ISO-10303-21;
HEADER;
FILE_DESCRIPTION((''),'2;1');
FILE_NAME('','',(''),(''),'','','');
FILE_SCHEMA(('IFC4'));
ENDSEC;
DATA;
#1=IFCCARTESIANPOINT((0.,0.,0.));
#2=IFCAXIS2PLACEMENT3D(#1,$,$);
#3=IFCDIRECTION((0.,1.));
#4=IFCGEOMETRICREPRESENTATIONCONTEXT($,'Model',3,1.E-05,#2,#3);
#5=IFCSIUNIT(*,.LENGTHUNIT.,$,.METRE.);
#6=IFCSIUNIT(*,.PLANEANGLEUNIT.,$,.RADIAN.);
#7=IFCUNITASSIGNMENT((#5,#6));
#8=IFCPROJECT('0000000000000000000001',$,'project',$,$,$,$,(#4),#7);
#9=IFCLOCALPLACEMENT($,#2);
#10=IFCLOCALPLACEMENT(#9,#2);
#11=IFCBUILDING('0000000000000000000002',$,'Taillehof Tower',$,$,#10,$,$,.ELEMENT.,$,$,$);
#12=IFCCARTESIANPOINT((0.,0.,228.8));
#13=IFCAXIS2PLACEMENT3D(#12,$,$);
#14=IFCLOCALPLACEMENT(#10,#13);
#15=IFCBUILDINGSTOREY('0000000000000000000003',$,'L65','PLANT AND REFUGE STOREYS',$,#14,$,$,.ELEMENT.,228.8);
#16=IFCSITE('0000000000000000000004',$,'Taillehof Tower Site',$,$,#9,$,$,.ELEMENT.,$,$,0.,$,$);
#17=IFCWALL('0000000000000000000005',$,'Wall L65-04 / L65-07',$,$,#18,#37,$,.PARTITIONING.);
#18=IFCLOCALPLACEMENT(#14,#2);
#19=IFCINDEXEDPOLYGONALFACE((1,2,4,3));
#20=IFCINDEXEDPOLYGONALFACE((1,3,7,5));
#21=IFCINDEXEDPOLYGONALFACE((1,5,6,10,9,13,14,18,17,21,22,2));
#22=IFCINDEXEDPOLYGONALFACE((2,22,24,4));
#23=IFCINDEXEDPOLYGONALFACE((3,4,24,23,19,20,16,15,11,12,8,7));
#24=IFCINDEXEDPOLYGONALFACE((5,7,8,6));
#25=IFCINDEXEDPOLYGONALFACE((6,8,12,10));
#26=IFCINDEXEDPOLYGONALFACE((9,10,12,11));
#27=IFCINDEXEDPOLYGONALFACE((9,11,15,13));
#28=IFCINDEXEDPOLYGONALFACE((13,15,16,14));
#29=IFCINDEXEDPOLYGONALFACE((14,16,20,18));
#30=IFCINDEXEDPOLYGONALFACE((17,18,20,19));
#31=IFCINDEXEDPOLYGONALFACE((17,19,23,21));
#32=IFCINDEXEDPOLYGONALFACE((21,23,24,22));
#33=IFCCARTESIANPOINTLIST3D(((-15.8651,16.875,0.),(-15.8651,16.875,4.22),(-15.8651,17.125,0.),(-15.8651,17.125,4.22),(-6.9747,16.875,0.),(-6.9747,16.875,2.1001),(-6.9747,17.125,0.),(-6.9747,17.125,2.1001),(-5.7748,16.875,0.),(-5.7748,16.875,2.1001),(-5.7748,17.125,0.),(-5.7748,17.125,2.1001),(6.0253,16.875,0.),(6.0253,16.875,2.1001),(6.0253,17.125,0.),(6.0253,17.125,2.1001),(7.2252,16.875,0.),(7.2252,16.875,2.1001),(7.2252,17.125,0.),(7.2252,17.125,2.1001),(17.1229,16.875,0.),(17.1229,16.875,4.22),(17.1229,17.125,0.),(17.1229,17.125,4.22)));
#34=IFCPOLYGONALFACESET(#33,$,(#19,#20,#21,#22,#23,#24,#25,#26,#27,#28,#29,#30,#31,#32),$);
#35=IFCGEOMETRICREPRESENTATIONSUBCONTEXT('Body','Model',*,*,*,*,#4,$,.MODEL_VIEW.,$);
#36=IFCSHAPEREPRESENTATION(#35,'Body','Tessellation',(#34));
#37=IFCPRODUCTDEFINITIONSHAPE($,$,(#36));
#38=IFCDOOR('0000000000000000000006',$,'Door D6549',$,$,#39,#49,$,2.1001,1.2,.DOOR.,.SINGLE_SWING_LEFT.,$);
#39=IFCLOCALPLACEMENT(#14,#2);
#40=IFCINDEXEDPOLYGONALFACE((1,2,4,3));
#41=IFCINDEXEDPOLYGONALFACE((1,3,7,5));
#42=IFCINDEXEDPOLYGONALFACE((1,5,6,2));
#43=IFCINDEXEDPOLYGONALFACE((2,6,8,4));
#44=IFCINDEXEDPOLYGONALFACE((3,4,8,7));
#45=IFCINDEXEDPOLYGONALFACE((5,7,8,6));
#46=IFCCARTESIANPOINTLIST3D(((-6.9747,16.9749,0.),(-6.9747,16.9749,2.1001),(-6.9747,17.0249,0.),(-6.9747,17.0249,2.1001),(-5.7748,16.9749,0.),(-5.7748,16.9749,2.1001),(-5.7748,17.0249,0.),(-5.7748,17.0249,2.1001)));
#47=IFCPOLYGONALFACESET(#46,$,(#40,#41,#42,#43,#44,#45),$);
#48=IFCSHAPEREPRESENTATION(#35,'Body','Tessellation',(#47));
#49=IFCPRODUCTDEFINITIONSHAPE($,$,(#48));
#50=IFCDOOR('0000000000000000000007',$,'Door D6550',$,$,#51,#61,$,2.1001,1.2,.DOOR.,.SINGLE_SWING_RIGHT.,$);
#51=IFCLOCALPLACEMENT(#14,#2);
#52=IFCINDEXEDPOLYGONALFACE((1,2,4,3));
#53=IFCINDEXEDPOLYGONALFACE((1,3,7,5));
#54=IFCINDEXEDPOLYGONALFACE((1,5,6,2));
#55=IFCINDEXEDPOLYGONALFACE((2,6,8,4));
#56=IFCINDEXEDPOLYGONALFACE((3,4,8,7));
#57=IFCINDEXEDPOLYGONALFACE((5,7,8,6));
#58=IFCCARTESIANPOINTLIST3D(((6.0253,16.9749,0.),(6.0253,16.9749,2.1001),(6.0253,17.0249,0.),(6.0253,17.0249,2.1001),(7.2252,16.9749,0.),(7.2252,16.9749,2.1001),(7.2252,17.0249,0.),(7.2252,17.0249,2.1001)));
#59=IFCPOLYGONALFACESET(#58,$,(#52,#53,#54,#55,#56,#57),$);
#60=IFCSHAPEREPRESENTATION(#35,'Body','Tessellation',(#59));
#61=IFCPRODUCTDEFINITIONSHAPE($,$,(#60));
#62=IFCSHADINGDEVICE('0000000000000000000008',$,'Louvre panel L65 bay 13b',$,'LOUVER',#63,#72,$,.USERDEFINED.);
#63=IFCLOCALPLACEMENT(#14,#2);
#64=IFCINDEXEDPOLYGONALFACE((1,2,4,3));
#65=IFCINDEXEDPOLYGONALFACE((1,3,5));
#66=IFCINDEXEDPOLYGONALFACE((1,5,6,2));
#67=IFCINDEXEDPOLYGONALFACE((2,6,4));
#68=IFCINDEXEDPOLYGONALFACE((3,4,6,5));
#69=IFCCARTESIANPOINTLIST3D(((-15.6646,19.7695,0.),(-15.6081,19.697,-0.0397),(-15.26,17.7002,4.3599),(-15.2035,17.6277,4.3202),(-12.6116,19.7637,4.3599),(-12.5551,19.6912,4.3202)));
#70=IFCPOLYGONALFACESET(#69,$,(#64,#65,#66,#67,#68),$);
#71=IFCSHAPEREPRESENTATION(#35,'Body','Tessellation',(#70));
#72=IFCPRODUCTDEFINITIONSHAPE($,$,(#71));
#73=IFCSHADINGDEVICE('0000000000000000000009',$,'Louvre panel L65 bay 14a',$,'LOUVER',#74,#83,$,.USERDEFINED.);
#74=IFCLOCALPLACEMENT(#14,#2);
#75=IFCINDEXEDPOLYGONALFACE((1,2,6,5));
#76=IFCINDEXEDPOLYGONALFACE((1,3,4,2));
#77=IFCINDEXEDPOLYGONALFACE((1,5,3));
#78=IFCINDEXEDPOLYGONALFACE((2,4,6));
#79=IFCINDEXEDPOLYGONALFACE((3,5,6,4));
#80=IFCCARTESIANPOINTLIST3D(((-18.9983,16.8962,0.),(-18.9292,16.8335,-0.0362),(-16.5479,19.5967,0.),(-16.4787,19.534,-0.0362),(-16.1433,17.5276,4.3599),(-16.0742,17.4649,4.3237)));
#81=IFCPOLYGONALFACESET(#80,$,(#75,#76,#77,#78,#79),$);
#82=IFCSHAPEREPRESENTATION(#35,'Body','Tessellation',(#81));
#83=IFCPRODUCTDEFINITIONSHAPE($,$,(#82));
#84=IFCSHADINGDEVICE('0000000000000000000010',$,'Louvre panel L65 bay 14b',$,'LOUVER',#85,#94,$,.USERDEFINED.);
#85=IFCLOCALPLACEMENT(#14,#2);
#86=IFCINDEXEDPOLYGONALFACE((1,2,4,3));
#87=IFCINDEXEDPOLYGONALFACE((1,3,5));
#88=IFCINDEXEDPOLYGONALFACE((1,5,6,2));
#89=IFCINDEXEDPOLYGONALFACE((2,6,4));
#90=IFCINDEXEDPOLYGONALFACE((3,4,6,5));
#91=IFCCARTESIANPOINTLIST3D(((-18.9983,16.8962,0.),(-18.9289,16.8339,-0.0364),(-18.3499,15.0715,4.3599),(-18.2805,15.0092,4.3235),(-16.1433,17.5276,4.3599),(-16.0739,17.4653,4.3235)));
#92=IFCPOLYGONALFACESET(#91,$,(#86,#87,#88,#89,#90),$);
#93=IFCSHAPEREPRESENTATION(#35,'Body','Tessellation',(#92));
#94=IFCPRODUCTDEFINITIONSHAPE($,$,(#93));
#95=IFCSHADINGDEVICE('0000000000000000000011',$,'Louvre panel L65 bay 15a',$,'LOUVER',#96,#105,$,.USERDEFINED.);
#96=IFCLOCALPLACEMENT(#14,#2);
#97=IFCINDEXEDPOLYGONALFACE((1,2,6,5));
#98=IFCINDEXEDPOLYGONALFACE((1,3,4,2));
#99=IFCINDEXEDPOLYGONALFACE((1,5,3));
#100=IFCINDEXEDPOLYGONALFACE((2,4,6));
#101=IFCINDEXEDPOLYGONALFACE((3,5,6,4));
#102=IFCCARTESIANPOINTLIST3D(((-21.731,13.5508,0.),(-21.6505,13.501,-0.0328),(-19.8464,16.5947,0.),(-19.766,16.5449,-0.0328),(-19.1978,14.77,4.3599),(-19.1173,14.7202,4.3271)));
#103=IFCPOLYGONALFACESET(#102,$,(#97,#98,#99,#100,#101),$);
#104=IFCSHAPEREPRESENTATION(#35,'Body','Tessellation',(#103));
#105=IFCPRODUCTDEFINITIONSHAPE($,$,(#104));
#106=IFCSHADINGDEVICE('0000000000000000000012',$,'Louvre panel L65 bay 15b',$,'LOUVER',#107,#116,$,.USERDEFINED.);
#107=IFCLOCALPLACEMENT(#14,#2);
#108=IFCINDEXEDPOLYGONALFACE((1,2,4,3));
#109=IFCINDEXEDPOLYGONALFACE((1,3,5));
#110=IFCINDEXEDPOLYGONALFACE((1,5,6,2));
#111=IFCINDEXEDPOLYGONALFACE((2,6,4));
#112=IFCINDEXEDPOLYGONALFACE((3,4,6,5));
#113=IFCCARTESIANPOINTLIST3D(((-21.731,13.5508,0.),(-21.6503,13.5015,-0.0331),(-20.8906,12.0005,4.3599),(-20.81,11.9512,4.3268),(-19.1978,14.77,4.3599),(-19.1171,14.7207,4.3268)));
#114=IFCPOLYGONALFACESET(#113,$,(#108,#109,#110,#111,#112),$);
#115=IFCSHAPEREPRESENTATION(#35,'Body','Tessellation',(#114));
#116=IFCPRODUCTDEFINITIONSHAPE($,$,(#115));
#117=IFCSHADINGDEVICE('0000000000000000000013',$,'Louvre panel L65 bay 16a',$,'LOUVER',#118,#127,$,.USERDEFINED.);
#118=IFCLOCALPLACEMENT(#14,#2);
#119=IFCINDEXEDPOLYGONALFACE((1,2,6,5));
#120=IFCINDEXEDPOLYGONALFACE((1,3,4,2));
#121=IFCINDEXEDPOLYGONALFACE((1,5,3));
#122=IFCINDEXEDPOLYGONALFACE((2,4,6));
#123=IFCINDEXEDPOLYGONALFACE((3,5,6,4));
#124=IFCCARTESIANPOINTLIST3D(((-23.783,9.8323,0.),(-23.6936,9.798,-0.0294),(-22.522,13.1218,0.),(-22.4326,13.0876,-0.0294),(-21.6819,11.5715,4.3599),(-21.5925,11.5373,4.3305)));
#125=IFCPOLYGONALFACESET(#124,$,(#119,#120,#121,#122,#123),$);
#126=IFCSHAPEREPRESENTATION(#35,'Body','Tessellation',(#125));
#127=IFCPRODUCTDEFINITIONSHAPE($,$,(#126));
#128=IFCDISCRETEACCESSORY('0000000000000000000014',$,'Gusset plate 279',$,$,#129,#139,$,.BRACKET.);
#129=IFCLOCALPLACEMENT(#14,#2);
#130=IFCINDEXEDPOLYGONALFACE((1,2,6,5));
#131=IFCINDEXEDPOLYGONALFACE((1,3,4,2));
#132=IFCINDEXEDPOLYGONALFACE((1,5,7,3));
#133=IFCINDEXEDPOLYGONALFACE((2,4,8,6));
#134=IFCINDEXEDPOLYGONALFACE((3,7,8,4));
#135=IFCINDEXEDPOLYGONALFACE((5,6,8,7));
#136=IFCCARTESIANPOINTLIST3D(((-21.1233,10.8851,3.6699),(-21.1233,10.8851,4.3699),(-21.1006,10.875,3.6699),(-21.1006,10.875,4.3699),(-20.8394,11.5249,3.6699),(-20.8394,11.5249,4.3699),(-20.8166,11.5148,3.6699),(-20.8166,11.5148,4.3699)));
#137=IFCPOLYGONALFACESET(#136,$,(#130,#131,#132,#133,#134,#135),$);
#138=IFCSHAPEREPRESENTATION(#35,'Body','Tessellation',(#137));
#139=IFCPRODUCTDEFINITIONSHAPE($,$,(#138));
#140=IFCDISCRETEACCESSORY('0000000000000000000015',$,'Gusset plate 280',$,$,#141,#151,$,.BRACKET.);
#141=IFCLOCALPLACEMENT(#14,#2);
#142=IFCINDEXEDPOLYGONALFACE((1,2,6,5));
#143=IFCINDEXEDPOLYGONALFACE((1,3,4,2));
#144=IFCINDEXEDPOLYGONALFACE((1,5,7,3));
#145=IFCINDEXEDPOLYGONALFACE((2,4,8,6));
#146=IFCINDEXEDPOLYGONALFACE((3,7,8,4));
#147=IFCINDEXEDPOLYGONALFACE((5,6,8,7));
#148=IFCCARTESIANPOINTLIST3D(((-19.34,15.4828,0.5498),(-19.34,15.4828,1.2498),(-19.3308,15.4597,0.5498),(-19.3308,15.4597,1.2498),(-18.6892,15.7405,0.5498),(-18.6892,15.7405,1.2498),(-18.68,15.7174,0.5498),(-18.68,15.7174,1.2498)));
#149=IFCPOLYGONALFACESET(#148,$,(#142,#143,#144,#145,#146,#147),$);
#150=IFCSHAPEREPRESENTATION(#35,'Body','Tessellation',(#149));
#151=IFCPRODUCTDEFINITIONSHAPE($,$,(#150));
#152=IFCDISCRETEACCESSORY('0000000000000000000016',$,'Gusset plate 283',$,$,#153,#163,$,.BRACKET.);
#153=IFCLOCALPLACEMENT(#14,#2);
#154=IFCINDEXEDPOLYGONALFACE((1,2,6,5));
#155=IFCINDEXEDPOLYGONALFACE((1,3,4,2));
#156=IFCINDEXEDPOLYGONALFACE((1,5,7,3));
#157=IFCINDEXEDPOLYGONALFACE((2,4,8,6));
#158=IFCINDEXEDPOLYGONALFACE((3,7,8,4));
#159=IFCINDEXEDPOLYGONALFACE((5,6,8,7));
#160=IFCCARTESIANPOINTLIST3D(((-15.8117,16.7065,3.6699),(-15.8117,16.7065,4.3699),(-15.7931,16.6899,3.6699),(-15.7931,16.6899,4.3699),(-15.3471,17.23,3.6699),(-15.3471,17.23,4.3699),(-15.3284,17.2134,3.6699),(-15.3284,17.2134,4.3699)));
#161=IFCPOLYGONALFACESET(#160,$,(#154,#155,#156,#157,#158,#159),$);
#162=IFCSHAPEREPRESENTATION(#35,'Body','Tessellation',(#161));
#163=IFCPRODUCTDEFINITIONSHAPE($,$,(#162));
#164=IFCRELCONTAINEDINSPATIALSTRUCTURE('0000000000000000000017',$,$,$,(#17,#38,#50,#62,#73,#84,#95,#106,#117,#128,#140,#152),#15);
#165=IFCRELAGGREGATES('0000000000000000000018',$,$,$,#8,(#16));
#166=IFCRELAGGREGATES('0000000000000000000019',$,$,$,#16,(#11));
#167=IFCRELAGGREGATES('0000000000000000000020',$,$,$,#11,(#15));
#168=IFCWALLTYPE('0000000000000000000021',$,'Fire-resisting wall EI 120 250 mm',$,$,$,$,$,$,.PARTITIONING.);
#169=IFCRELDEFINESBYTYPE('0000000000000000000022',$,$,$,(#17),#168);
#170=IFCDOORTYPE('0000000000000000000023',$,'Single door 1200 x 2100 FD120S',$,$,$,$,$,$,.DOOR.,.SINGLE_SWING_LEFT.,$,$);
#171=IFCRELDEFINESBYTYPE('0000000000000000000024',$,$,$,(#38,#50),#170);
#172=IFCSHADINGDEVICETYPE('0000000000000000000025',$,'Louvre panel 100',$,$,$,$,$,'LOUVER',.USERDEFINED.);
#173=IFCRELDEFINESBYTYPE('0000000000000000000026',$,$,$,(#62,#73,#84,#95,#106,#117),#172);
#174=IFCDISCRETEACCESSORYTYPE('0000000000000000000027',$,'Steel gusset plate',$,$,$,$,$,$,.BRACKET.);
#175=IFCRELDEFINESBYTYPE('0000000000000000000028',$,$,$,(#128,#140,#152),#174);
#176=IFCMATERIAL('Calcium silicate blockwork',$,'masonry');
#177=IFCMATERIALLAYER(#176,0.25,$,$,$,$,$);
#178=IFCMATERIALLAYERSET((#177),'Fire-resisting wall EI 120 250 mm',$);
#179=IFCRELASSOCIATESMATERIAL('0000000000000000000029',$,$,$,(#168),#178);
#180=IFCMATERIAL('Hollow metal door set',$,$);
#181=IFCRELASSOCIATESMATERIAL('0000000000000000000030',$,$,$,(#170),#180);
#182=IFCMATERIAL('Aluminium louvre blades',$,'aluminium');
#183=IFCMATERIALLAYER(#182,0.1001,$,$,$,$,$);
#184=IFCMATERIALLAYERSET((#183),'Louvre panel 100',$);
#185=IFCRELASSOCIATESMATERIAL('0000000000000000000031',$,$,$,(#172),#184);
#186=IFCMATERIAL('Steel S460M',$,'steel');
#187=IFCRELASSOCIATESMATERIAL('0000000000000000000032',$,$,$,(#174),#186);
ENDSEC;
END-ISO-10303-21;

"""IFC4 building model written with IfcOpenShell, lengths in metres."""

from ifc_helpers import new_model, si_unit, direction, frame, frame_2d, origin, origin_2d, place, context, subcontext, project, spatial, polyline, rectangle, outline, extrude, material, layer, layer_set, type_object, element, fill, save


model = new_model("IFC4")

# Units and contexts
model_context = context("Model", 3, precision=1e-05, world=origin(), true_north=direction((0.0, 1.0)))
body_context = subcontext(model_context, "Body", "Model", "MODEL_VIEW")
ifc_project = project(units=[si_unit("LENGTHUNIT", "METRE"), si_unit("PLANEANGLEUNIT", "RADIAN")], contexts=[model_context])

# Site, building, storey
site_placement = place(None, origin())
site = spatial("IfcSite", under=ifc_project, at=site_placement, Name="Taillehof Tower Site", CompositionType="ELEMENT", RefElevation=0.0)
building_placement = place(site_placement, origin())
building = spatial("IfcBuilding", under=site, at=building_placement, Name="Taillehof Tower", CompositionType="ELEMENT")
storey_placement = place(building_placement, frame((0.0, 0.0, 228.8)))
storey = spatial("IfcBuildingStorey", under=building, at=storey_placement, Name="L65", Description="PLANT AND REFUGE STOREYS", CompositionType="ELEMENT", Elevation=228.8)

# Shared definitions
ifc_material_1 = material(Name="Calcium silicate blockwork", Category="masonry")
ifc_layer_1 = layer(ifc_material_1, 0.25)
ifc_layer_set_1 = layer_set([ifc_layer_1], Name="Fire-resisting wall EI 120 250 mm")
wall_type = type_object("IfcWallType", Name="Fire-resisting wall EI 120 250 mm", PredefinedType="PARTITIONING", material=ifc_layer_set_1)

# Wall, openings, doors
wall_1_placement = place(storey_placement, frame((-15.8652, 17.0, 0.0), z_axis=(0.0, 0.0, 1.0), x_axis=(1.0, 0.0, 0.0)))
wall_1 = element("IfcWall", 1, at=wall_1_placement, inside=storey, type_object=wall_type, Name="Wall L65-04 / L65-07", PredefinedType="PARTITIONING", context=body_context, shape_type="SweptSolid", body=[
    extrude(rectangle(XDim=32.988, YDim=0.25, at=frame_2d((16.4941, 0.0))), origin(), (0.0, 0.0, 1.0), 4.22),
])
opening_1_placement = place(wall_1_placement, frame((8.8904, 0.0, 0.0)))
opening_1 = element("IfcOpeningElement", 2, at=opening_1_placement, cuts=wall_1, PredefinedType="OPENING", context=body_context, shape_type="SweptSolid", body=[
    extrude(rectangle(XDim=1.2, YDim=2.1001, at=frame_2d((0.6001, 1.05))), frame((0.0, 0.135, 0.0), z_axis=(0.0, -1.0, 0.0), x_axis=(1.0, 0.0, 0.0)), (0.0, 0.0, 1.0), 0.27),
])
opening_2_placement = place(wall_1_placement, frame((21.8904, 0.0, 0.0)))
opening_2 = element("IfcOpeningElement", 3, at=opening_2_placement, cuts=wall_1, PredefinedType="OPENING", context=body_context, shape_type="SweptSolid", body=[
    extrude(rectangle(XDim=1.2, YDim=2.1001, at=frame_2d((0.6001, 1.05))), frame((0.0, 0.135, 0.0), z_axis=(0.0, -1.0, 0.0), x_axis=(1.0, 0.0, 0.0)), (0.0, 0.0, 1.0), 0.27),
])
ifc_material_2 = material(Name="Hollow metal door set")
door_type_1 = type_object("IfcDoorType", Name="Single door 1200 x 2100 FD120S", OperationType="SINGLE_SWING_LEFT", PredefinedType="DOOR", material=ifc_material_2)
door_1_placement = place(opening_1_placement, origin())
door_1 = element("IfcDoor", 4, at=door_1_placement, inside=storey, type_object=door_type_1, Name="Door D6549", OperationType="SINGLE_SWING_LEFT", OverallHeight=2.1001, OverallWidth=1.2, PredefinedType="DOOR", context=body_context, shape_type="SweptSolid", body=[
    extrude(rectangle(XDim=1.2, YDim=2.1001, at=frame_2d((0.6001, 1.05))), frame((0.0, 0.0249, 0.0), z_axis=(0.0, -1.0, 0.0), x_axis=(1.0, 0.0, 0.0)), (0.0, 0.0, 1.0), 0.05),
])
fill(opening_1, door_1)
door_2_placement = place(opening_2_placement, origin())
door_2 = element("IfcDoor", 5, at=door_2_placement, inside=storey, type_object=door_type_1, Name="Door D6550", OperationType="SINGLE_SWING_RIGHT", OverallHeight=2.1001, OverallWidth=1.2, PredefinedType="DOOR", context=body_context, shape_type="SweptSolid", body=[
    extrude(rectangle(XDim=1.2, YDim=2.1001, at=frame_2d((0.6001, 1.05))), frame((0.0, 0.0249, 0.0), z_axis=(0.0, -1.0, 0.0), x_axis=(1.0, 0.0, 0.0)), (0.0, 0.0, 1.0), 0.05),
])
fill(opening_2, door_2)

# Shading devices
ifc_material_3 = material(Name="Aluminium louvre blades", Category="aluminium")
ifc_layer_2 = layer(ifc_material_3, 0.1001)
ifc_layer_set_2 = layer_set([ifc_layer_2], Name="Louvre panel 100")
shading_device_type = type_object("IfcShadingDeviceType", Name="Louvre panel 100", ElementType="LOUVER", PredefinedType="USERDEFINED", material=ifc_layer_set_2)
shading_device_1_placement = place(storey_placement, frame((-15.6646, 19.7695, 0.0), z_axis=(-0.564324, 0.724301, 0.396139), x_axis=(0.083532, -0.427288, 0.900249)))
element("IfcShadingDevice", 6, at=shading_device_1_placement, inside=storey, type_object=shading_device_type, Name="Louvre panel L65 bay 13b", ObjectType="LOUVER", PredefinedType="USERDEFINED", context=body_context, shape_type="SweptSolid", body=[
    extrude(outline(polyline([(0.0, 0.0), (4.843, 0.0), (4.1825, 3.2918), (0.0, 0.0)])), origin(), (0.0, 0.0, -1.0), 0.1001),
])
shading_device_2_placement = place(storey_placement, frame((-16.5479, 19.5967, 0.0), z_axis=(-0.690494, 0.62657, 0.361425), x_axis=(-0.671996, -0.740555, 0.0)))
element("IfcShadingDevice", 7, at=shading_device_2_placement, inside=storey, type_object=shading_device_type, Name="Louvre panel L65 bay 14a", ObjectType="LOUVER", PredefinedType="USERDEFINED", context=body_context, shape_type="SweptSolid", body=[
    extrude(outline(polyline([(0.0, 0.0), (3.6465, 0.0), (1.2604, 4.676), (0.0, 0.0)])), origin(), (0.0, 0.0, -1.0), 0.1001),
])
shading_device_3_placement = place(storey_placement, frame((-18.9983, 16.8962, 0.0), z_axis=(-0.692961, 0.622563, 0.363621), x_axis=(0.135924, -0.382492, 0.913906)))
element("IfcShadingDevice", 8, at=shading_device_3_placement, inside=storey, type_object=shading_device_type, Name="Louvre panel L65 bay 14b", ObjectType="LOUVER", PredefinedType="USERDEFINED", context=body_context, shape_type="SweptSolid", body=[
    extrude(outline(polyline([(0.0, 0.0), (4.7706, 0.0), (4.1311, 3.2391), (0.0, 0.0)])), origin(), (0.0, 0.0, -1.0), 0.1001),
])
shading_device_4_placement = place(storey_placement, frame((-19.8464, 16.5947, 0.0), z_axis=(-0.803305, 0.49733, 0.327664), x_axis=(-0.52639, -0.850243, 0.0)))
element("IfcShadingDevice", 9, at=shading_device_4_placement, inside=storey, type_object=shading_device_type, Name="Louvre panel L65 bay 15a", ObjectType="LOUVER", PredefinedType="USERDEFINED", context=body_context, shape_type="SweptSolid", body=[
    extrude(outline(polyline([(0.0, 0.0), (3.5801, 0.0), (1.21, 4.6146), (0.0, 0.0)])), origin(), (0.0, 0.0, -1.0), 0.1001),
])
shading_device_5_placement = place(storey_placement, frame((-21.731, 13.5508, 0.0), z_axis=(-0.805352, 0.49227, 0.330269), x_axis=(0.178681, -0.329641, 0.927044)))
element("IfcShadingDevice", 10, at=shading_device_5_placement, inside=storey, type_object=shading_device_type, Name="Louvre panel L65 bay 15b", ObjectType="LOUVER", PredefinedType="USERDEFINED", context=body_context, shape_type="SweptSolid", body=[
    extrude(outline(polyline([(0.0, 0.0), (4.703, 0.0), (4.0925, 3.188), (0.0, 0.0)])), origin(), (0.0, 0.0, -1.0), 0.1001),
])
shading_device_6_placement = place(storey_placement, frame((-22.522, 13.1218, 0.0), z_axis=(-0.89258, 0.342154, 0.293652), x_axis=(-0.357934, -0.933747, 0.0)))
element("IfcShadingDevice", 11, at=shading_device_6_placement, inside=storey, type_object=shading_device_type, Name="Louvre panel L65 bay 16a", ObjectType="LOUVER", PredefinedType="USERDEFINED", context=body_context, shape_type="SweptSolid", body=[
    extrude(outline(polyline([(0.0, 0.0), (3.523, 0.0), (1.1469, 4.5609), (0.0, 0.0)])), origin(), (0.0, 0.0, -1.0), 0.1001),
])

# Discrete accessories
ifc_material_4 = material(Name="Steel S460M", Category="steel")
discrete_accessory_type = type_object("IfcDiscreteAccessoryType", Name="Steel gusset plate", PredefinedType="BRACKET", material=ifc_material_4)
for number, where, z_axis, x_axis, name in (
    (12, (-20.97, 11.2, 3.6699), (0.0, 0.0, 1.0), (-0.405631, -0.914037, 0.0), "Gusset plate 279"),
    (13, (-19.01, 15.6001, 0.5498), (0.0, 0.0, 1.0), (-0.929776, -0.368126, 0.0), "Gusset plate 280"),
    (14, (-15.5701, 16.96, 3.6699), (0.0, 0.0, 1.0), (-0.663793, -0.747916, 0.0), "Gusset plate 283"),
):
    element("IfcDiscreteAccessory", number, at=place(storey_placement, frame(where, z_axis=z_axis, x_axis=x_axis)), inside=storey, type_object=discrete_accessory_type, Name=name, PredefinedType="BRACKET", context=body_context, shape_type="SweptSolid", body=[
        extrude(rectangle(XDim=0.7, YDim=0.0249, at=origin_2d()), origin(), (0.0, 0.0, 1.0), 0.7),
    ])

save(model, "model.ifc")
